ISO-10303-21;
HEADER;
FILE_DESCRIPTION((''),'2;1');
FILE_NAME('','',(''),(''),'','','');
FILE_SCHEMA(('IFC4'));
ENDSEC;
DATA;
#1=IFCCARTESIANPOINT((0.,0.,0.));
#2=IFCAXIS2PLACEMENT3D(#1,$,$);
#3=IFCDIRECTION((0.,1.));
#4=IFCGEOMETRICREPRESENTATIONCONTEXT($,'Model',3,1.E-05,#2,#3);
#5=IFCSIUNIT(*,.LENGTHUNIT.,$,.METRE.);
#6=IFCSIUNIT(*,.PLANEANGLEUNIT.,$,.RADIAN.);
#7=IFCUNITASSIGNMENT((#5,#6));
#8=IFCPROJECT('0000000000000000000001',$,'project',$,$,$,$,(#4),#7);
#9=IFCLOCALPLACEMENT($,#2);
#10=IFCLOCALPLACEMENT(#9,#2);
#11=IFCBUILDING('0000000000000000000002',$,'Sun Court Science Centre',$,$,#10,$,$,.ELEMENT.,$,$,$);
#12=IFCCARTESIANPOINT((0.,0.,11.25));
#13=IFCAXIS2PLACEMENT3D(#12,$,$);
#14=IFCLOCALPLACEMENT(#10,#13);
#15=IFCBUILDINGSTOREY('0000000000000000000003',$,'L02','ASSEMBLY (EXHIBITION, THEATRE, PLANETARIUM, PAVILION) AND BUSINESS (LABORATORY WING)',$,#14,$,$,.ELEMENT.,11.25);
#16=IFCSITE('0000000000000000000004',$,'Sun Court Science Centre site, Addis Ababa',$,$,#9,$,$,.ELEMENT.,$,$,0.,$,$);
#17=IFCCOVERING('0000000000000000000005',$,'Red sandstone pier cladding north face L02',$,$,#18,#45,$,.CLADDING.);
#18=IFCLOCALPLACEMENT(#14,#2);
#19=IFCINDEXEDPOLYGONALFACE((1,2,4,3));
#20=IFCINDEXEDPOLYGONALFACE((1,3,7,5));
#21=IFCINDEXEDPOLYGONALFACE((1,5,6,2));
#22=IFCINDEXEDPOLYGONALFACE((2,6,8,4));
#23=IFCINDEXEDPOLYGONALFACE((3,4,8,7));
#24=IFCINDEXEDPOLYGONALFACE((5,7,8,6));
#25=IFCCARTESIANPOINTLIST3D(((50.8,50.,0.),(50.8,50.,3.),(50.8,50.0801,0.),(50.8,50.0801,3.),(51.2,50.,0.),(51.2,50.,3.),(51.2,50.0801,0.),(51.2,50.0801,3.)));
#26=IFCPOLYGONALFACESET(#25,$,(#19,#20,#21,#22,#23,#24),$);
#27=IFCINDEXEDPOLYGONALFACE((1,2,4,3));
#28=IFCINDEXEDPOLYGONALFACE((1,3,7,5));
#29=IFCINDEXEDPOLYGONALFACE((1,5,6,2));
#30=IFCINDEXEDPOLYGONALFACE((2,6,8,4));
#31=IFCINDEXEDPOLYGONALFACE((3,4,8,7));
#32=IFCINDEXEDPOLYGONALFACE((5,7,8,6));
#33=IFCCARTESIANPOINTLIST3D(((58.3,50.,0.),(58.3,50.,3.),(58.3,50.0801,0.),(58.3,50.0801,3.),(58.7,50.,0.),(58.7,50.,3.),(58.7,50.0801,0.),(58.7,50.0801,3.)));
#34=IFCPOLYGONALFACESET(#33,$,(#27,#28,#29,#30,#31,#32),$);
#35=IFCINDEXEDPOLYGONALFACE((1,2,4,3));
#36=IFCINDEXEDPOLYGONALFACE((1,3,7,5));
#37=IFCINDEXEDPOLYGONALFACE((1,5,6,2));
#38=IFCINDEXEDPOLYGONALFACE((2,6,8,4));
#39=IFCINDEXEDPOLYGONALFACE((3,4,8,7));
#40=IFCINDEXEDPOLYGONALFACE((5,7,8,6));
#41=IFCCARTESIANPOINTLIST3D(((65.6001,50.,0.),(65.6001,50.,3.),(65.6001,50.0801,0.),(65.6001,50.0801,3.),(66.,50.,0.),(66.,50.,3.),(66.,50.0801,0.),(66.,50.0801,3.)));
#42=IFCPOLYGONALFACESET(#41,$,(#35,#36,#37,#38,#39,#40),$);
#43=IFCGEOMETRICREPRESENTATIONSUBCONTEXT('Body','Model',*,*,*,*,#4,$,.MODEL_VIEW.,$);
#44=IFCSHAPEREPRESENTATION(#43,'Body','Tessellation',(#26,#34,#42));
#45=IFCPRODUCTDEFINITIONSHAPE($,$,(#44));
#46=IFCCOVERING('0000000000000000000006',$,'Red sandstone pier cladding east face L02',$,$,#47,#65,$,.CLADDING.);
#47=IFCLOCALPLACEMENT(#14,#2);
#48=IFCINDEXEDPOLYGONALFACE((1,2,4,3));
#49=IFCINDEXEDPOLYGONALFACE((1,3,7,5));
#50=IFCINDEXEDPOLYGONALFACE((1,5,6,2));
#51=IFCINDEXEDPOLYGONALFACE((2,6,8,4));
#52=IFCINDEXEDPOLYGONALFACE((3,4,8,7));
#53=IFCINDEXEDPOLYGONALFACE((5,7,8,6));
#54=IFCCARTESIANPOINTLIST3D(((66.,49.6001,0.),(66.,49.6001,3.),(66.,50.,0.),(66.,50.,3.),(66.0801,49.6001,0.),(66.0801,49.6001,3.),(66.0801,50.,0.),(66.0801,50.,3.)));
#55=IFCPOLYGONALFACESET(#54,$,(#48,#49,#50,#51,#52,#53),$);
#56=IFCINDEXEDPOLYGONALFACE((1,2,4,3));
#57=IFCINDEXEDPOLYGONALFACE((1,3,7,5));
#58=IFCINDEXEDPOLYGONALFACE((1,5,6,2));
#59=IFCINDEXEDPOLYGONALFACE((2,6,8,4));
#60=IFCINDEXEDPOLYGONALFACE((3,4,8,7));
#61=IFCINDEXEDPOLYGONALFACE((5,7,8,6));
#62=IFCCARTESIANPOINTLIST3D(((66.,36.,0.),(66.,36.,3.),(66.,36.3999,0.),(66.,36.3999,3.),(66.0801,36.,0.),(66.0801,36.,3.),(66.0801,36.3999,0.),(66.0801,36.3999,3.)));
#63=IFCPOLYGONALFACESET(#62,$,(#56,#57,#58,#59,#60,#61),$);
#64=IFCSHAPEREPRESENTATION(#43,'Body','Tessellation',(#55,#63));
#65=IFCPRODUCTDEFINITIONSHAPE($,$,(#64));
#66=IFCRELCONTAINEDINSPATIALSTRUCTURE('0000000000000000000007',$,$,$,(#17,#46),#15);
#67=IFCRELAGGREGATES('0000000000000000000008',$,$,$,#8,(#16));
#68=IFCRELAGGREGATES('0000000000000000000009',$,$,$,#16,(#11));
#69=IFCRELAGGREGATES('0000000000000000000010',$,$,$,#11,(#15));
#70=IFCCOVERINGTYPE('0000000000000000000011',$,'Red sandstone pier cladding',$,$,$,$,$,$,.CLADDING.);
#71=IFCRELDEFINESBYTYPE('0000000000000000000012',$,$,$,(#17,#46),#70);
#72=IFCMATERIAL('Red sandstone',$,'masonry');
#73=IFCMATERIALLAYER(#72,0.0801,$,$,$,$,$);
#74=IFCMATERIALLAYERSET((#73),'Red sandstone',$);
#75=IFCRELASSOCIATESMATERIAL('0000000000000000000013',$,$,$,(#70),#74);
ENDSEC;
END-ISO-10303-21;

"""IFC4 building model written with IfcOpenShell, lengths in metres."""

from ifc_helpers import new_model, si_unit, direction, frame, origin, origin_2d, place, context, subcontext, project, spatial, rectangle, extrude, material, layer, layer_set, type_object, element, save


model = new_model("IFC4")

# Units and contexts
model_context = context("Model", 3, precision=1e-05, world=origin(), true_north=direction((0.0, 1.0)))
body_context = subcontext(model_context, "Body", "Model", "MODEL_VIEW")
ifc_project = project(units=[si_unit("LENGTHUNIT", "METRE"), si_unit("PLANEANGLEUNIT", "RADIAN")], contexts=[model_context])

# Site, building, storey
site_placement = place(None, origin())
site = spatial("IfcSite", under=ifc_project, at=site_placement, Name="Sun Court Science Centre site, Addis Ababa", CompositionType="ELEMENT", RefElevation=0.0)
building_placement = place(site_placement, origin())
building = spatial("IfcBuilding", under=site, at=building_placement, Name="Sun Court Science Centre", CompositionType="ELEMENT")
storey_placement = place(building_placement, frame((0.0, 0.0, 11.25)))
storey = spatial("IfcBuildingStorey", under=building, at=storey_placement, Name="L02", Description="ASSEMBLY (EXHIBITION, THEATRE, PLANETARIUM, PAVILION) AND BUSINESS (LABORATORY WING)", CompositionType="ELEMENT", Elevation=11.25)

# Coverings
ifc_material_1 = material(Name="Red sandstone", Category="masonry")
ifc_layer_1 = layer(ifc_material_1, 0.0801)
ifc_layer_set_1 = layer_set([ifc_layer_1], Name="Red sandstone")
covering_type_1 = type_object("IfcCoveringType", Name="Red sandstone pier cladding", PredefinedType="CLADDING", material=ifc_layer_set_1)
covering_1_placement = place(storey_placement, frame((0.0, 0.0, -11.25)))
element("IfcCovering", 1, at=covering_1_placement, inside=storey, type_object=covering_type_1, Name="Red sandstone pier cladding north face L02", PredefinedType="CLADDING", context=body_context, shape_type="SweptSolid", body=[
    extrude(rectangle(XDim=0.3999, YDim=0.0801, at=origin_2d()), frame((51.0, 50.04, 11.25), z_axis=(0.0, 0.0, 1.0), x_axis=(1.0, 0.0, 0.0)), (0.0, 0.0, 1.0), 3.0),
    extrude(rectangle(XDim=0.3999, YDim=0.0801, at=origin_2d()), frame((58.5, 50.04, 11.25), z_axis=(0.0, 0.0, 1.0), x_axis=(1.0, 0.0, 0.0)), (0.0, 0.0, 1.0), 3.0),
    extrude(rectangle(XDim=0.3999, YDim=0.0801, at=origin_2d()), frame((65.8, 50.04, 11.25), z_axis=(0.0, 0.0, 1.0), x_axis=(1.0, 0.0, 0.0)), (0.0, 0.0, 1.0), 3.0),
])
covering_2_placement = place(storey_placement, frame((0.0, 0.0, -11.25)))
element("IfcCovering", 2, at=covering_2_placement, inside=storey, type_object=covering_type_1, Name="Red sandstone pier cladding east face L02", PredefinedType="CLADDING", context=body_context, shape_type="SweptSolid", body=[
    extrude(rectangle(XDim=0.3999, YDim=0.0801, at=origin_2d()), frame((66.04, 49.8, 11.25), z_axis=(0.0, 0.0, 1.0), x_axis=(0.0, -1.0, 0.0)), (0.0, 0.0, 1.0), 3.0),
    extrude(rectangle(XDim=0.3999, YDim=0.0801, at=origin_2d()), frame((66.04, 36.2, 11.25), z_axis=(0.0, 0.0, 1.0), x_axis=(0.0, -1.0, 0.0)), (0.0, 0.0, 1.0), 3.0),
])

save(model, "model.ifc")
